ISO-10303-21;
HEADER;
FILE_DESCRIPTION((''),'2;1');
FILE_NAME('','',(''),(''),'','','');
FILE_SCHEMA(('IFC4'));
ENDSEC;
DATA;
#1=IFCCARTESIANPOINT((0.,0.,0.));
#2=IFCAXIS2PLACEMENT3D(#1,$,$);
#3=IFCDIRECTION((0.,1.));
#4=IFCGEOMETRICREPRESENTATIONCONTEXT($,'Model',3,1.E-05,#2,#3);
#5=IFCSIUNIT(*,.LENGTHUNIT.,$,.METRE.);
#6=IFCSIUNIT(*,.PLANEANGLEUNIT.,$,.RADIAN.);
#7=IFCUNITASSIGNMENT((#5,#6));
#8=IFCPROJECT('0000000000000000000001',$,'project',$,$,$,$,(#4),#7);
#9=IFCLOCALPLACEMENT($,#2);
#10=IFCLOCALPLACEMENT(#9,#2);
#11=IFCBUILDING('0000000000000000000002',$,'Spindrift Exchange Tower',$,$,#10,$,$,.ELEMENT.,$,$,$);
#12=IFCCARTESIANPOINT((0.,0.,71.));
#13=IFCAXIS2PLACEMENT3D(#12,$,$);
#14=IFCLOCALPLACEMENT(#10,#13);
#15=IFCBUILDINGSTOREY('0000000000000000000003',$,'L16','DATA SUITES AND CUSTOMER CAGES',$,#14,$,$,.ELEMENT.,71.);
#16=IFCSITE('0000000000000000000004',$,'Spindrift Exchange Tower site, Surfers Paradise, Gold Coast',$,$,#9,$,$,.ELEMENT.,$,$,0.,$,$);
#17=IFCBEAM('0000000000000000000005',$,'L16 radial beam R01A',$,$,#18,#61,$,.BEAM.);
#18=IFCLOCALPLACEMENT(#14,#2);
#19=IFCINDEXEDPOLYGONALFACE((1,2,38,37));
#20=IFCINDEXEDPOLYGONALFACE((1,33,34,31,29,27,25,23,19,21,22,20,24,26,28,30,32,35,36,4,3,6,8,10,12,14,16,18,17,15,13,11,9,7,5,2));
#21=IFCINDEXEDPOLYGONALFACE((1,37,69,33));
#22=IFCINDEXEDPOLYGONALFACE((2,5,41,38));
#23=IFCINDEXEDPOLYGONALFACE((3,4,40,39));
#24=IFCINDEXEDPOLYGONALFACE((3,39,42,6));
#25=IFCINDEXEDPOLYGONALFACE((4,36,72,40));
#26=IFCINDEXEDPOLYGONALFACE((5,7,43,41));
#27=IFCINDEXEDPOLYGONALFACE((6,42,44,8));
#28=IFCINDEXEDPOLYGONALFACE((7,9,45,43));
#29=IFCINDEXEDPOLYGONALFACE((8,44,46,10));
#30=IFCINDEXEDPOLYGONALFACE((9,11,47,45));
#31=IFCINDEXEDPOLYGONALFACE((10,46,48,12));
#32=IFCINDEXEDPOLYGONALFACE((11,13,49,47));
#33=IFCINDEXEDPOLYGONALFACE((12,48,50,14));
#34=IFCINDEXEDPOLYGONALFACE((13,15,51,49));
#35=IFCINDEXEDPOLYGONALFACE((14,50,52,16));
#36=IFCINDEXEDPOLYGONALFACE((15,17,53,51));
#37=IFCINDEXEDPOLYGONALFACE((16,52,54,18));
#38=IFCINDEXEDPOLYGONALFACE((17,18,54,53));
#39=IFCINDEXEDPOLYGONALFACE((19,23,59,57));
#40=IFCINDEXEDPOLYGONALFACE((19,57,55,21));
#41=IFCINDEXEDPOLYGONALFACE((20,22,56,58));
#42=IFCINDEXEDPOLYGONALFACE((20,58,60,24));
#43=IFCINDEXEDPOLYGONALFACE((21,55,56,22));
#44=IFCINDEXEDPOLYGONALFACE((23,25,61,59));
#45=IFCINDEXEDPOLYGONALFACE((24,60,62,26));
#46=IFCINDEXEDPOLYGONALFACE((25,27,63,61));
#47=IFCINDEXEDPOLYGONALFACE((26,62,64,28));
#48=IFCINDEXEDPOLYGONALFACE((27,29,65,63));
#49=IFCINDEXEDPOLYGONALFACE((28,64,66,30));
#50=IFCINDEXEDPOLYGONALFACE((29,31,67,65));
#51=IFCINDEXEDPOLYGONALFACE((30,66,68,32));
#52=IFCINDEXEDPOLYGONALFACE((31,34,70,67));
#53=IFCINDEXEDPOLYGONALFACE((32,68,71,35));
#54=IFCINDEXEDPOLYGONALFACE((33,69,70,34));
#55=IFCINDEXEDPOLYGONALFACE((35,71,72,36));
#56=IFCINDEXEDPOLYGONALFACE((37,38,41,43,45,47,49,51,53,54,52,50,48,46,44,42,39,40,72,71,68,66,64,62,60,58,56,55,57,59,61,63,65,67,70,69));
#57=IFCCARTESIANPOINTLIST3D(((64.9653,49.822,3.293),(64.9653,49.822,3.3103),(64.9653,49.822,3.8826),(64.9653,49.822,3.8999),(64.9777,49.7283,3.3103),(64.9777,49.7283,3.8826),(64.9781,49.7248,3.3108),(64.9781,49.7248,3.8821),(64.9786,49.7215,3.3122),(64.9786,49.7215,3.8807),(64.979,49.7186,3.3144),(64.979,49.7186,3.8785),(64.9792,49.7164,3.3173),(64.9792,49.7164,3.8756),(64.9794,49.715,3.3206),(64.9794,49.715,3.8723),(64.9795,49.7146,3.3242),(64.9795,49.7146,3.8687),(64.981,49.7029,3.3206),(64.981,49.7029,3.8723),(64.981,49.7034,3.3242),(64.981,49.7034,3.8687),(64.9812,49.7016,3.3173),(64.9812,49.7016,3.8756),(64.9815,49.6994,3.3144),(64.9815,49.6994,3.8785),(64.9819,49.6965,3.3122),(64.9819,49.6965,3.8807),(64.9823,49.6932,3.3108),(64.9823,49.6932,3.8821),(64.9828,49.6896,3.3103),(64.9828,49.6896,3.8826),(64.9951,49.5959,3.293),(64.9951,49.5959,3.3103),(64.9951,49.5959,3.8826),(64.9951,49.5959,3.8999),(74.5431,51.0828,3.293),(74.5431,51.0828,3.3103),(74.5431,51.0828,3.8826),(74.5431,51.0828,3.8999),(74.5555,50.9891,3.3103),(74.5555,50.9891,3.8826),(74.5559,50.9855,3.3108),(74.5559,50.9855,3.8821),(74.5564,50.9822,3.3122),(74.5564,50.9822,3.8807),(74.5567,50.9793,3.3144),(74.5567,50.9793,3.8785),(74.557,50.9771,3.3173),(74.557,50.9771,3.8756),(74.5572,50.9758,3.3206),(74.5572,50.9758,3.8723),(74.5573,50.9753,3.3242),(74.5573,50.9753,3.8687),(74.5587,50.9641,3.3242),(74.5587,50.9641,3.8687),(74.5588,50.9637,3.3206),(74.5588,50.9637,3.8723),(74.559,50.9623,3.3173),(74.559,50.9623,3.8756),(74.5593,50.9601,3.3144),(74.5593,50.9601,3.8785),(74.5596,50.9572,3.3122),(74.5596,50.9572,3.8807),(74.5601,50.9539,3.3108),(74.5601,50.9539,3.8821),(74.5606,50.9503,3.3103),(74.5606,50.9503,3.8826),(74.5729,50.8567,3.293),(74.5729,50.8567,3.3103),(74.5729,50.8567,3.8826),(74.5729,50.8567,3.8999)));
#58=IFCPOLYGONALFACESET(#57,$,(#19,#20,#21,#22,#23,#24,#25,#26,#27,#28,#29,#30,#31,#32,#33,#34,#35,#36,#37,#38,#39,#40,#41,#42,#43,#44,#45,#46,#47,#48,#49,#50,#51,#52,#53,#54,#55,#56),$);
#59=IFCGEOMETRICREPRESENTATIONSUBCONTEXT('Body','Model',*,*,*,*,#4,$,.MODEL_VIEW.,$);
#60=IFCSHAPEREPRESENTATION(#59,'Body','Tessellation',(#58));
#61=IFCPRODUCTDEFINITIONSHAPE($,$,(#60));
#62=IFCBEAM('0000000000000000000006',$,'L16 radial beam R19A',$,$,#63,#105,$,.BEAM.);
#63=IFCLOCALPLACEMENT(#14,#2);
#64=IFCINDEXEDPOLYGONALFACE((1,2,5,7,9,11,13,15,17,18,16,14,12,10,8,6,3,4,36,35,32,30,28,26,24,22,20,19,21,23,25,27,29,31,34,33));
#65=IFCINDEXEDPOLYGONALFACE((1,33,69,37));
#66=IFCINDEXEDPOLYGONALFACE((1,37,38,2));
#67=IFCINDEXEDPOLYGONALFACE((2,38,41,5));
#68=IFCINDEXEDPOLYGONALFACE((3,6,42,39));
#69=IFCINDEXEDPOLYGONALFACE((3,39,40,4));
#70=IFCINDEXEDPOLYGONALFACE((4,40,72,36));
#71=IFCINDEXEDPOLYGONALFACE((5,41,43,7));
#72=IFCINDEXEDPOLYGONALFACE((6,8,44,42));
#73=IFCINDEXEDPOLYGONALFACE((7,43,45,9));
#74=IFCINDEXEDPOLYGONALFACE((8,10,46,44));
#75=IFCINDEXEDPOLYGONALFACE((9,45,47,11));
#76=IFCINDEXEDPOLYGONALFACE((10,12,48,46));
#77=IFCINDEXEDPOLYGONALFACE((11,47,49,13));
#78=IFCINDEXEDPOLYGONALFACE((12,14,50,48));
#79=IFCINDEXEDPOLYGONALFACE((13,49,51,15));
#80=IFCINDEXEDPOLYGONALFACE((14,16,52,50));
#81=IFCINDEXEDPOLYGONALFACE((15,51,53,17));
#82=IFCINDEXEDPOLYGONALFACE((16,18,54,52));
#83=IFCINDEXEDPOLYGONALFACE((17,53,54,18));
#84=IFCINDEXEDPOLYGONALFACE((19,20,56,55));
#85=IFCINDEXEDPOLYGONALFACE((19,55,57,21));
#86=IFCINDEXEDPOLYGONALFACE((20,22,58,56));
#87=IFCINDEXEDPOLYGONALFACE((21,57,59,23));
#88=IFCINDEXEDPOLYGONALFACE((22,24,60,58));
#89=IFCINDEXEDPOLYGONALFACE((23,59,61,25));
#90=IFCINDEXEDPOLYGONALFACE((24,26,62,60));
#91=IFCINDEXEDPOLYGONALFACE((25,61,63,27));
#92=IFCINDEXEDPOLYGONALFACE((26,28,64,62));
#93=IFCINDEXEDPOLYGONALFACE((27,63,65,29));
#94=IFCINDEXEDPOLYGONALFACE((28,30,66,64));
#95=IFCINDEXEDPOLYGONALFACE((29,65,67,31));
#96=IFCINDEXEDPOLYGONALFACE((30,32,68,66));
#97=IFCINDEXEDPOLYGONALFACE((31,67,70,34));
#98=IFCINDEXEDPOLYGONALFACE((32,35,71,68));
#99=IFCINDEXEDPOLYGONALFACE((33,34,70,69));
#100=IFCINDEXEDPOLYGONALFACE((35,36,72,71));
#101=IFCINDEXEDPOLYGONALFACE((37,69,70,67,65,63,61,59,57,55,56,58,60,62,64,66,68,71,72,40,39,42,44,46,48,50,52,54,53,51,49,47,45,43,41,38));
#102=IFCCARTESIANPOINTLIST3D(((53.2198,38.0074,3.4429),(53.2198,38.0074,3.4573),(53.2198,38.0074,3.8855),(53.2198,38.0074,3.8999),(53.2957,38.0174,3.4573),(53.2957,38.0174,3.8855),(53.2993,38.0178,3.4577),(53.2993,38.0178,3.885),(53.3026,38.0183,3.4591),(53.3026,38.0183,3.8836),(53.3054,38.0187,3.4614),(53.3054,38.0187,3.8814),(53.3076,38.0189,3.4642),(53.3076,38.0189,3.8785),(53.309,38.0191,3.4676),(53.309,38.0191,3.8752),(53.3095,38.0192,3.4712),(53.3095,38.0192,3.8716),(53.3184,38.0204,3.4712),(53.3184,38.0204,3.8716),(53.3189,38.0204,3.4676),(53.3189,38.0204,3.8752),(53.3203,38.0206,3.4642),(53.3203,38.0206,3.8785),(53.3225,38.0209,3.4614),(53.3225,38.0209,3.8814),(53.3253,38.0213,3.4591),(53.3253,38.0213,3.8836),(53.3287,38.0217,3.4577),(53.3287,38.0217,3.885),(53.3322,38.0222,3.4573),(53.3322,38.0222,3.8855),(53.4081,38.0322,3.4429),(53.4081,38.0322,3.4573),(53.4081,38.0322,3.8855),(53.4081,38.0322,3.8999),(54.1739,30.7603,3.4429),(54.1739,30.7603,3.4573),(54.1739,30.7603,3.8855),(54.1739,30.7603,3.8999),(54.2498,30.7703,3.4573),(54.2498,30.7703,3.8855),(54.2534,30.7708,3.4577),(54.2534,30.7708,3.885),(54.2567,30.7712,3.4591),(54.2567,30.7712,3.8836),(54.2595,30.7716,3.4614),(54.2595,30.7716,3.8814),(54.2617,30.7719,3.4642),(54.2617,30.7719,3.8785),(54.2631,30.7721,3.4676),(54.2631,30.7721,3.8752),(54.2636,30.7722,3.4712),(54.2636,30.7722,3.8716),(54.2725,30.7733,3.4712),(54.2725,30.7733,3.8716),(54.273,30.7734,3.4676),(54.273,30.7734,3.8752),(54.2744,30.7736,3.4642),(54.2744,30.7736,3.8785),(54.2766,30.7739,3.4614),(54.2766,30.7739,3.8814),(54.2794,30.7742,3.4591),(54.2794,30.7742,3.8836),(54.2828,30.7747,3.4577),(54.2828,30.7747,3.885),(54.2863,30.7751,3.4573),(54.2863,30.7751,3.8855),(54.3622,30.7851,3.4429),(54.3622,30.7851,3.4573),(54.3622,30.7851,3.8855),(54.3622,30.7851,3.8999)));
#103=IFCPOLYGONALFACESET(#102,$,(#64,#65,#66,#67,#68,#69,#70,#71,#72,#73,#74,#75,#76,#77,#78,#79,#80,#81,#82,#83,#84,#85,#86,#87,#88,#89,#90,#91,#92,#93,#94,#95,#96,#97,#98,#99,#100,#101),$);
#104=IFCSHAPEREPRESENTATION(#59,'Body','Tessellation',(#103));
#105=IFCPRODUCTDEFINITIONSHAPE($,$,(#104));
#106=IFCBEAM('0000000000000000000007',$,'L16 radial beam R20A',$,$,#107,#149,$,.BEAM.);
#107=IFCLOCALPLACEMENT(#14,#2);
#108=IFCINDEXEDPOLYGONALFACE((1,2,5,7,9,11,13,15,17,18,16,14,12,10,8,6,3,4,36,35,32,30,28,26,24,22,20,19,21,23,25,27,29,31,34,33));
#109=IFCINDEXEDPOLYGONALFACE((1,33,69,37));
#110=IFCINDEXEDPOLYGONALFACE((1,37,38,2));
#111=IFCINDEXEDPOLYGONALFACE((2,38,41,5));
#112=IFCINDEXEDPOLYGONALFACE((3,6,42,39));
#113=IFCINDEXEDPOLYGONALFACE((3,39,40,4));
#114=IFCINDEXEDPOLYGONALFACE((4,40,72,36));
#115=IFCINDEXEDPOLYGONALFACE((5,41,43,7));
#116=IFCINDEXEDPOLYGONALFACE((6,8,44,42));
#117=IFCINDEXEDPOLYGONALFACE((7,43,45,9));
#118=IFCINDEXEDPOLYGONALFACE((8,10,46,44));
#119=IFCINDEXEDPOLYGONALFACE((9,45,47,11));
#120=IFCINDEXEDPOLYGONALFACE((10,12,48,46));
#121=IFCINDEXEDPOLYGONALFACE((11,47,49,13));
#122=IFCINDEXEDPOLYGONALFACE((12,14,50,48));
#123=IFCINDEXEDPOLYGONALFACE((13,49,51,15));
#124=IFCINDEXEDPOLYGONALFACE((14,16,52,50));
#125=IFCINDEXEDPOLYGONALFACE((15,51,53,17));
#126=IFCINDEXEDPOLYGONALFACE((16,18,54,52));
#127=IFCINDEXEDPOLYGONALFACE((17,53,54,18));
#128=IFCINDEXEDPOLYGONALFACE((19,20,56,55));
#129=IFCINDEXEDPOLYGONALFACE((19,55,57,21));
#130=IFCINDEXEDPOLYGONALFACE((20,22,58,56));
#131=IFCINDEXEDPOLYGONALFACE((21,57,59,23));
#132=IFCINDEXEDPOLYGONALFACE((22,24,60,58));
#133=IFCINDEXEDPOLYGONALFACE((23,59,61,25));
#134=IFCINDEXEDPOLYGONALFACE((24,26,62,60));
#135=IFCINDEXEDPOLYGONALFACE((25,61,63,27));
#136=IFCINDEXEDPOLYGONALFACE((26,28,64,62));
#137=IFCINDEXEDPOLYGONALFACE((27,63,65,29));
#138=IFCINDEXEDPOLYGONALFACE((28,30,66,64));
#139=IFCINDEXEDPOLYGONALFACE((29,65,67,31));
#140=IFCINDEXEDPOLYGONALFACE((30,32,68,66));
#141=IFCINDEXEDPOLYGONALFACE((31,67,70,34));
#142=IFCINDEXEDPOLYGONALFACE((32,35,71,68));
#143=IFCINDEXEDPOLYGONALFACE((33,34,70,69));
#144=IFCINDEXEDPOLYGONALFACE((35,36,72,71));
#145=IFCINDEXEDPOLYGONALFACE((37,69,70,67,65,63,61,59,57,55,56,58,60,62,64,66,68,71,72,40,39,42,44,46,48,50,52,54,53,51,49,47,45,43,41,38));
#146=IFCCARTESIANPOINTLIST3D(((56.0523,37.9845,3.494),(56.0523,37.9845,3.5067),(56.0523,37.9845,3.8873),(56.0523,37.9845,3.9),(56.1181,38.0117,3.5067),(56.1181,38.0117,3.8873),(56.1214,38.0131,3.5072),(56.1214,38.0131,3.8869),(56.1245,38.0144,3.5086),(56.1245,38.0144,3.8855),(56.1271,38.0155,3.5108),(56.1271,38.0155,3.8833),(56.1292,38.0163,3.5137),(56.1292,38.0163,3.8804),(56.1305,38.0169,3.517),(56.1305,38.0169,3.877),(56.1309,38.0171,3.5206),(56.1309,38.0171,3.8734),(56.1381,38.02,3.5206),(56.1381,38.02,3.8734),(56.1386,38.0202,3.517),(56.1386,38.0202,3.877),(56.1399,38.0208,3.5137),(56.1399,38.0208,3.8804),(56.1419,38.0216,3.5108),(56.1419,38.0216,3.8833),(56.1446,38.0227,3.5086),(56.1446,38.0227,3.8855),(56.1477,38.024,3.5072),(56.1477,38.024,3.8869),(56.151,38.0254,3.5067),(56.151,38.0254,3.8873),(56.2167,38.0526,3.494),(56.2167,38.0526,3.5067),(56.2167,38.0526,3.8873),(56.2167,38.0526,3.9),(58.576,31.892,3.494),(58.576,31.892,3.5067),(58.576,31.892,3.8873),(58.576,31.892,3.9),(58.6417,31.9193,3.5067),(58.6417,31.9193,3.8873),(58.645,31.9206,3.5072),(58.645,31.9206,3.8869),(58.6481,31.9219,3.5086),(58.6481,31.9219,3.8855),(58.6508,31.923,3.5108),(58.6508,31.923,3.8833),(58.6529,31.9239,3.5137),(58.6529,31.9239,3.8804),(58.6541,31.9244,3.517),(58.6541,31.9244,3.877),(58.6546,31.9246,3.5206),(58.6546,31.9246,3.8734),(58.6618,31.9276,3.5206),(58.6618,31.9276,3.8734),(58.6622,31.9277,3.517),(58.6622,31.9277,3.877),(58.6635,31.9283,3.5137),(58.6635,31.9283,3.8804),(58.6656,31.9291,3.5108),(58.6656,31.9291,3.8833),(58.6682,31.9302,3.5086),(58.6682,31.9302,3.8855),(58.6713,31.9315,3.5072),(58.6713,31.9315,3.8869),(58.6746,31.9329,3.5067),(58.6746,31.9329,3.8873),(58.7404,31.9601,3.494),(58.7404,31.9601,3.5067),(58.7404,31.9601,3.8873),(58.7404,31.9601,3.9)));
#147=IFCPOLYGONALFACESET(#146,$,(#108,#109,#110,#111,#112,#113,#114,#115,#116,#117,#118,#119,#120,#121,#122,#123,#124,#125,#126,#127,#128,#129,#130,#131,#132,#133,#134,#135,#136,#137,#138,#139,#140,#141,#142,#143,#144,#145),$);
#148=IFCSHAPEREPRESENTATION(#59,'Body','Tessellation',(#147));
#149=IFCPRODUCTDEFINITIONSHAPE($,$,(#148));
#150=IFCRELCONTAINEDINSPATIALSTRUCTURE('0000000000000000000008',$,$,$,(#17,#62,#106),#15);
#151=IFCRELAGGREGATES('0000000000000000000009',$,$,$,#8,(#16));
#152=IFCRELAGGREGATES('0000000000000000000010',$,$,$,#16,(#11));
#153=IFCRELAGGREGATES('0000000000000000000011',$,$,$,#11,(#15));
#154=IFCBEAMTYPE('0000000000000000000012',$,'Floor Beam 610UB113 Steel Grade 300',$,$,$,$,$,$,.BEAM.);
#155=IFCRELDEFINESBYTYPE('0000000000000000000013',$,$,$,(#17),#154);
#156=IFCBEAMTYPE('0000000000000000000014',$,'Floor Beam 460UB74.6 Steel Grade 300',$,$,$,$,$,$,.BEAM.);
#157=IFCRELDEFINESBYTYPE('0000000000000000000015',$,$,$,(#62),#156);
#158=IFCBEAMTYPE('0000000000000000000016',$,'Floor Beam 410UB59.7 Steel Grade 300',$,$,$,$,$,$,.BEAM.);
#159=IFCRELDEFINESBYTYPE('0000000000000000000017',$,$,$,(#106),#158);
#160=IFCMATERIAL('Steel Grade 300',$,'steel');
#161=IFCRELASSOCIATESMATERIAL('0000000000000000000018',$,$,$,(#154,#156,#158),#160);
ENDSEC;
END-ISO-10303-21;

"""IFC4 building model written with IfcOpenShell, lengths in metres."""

from ifc_helpers import new_model, si_unit, direction, frame, origin, origin_2d, place, context, subcontext, project, spatial, i_section, extrude, source, transform, mapped, material, material_profile, profile_set, type_object, element, save


model = new_model("IFC4")

# Units and contexts
model_context = context("Model", 3, precision=1e-05, world=origin(), true_north=direction((0.0, 1.0)))
body_context = subcontext(model_context, "Body", "Model", "MODEL_VIEW")
ifc_project = project(units=[si_unit("LENGTHUNIT", "METRE"), si_unit("PLANEANGLEUNIT", "RADIAN")], contexts=[model_context])

# Site, building, storey
site_placement = place(None, origin())
site = spatial("IfcSite", under=ifc_project, at=site_placement, Name="Spindrift Exchange Tower site, Surfers Paradise, Gold Coast", CompositionType="ELEMENT", RefElevation=0.0)
building_placement = place(site_placement, origin())
building = spatial("IfcBuilding", under=site, at=building_placement, Name="Spindrift Exchange Tower", CompositionType="ELEMENT")
storey_placement = place(building_placement, frame((0.0, 0.0, 71.0)))
storey = spatial("IfcBuildingStorey", under=building, at=storey_placement, Name="L16", Description="DATA SUITES AND CUSTOMER CAGES", CompositionType="ELEMENT", Elevation=71.0)

# Beams
ifc_material_1 = material(Name="Steel Grade 300", Category="steel")
ifc_material_profile_1 = material_profile(ifc_material_1, i_section(OverallWidth=0.228, OverallDepth=0.6069, WebThickness=0.0112, FlangeThickness=0.0173, FilletRadius=0.0139, at=origin_2d()), Name="610UB113")
ifc_profile_set_1 = profile_set([ifc_material_profile_1], Name="Steel Grade 300")
beam_type_1 = type_object("IfcBeamType", Name="Floor Beam 610UB113 Steel Grade 300", PredefinedType="BEAM", material=ifc_profile_set_1)
shared_shape_1 = source(origin(), body_context, "Body", "SweptSolid", [
    extrude(i_section(OverallWidth=0.228, OverallDepth=0.6069, WebThickness=0.0112, FlangeThickness=0.0173, FilletRadius=0.0139, at=origin_2d()), origin(), (0.0, 0.0, 1.0), 9.6604),
])
beam_1_placement = place(storey_placement, frame((64.9802, 49.709, 3.5964), z_axis=(0.991448, 0.130505, 0.0), x_axis=(-0.130505, 0.991448, 0.0)))
element("IfcBeam", 1, at=beam_1_placement, inside=storey, type_object=beam_type_1, Name="L16 radial beam R01A", PredefinedType="BEAM", context=body_context, shape_type="MappedRepresentation", body=[
    mapped(shared_shape_1, transform((0.0, 0.0, 0.0), scale=1.0)),
])
ifc_material_profile_2 = material_profile(ifc_material_1, i_section(OverallWidth=0.1899, OverallDepth=0.457, WebThickness=0.009, FlangeThickness=0.0144, FilletRadius=0.0139, at=origin_2d()), Name="460UB74.6")
ifc_profile_set_2 = profile_set([ifc_material_profile_2], Name="Steel Grade 300")
beam_type_2 = type_object("IfcBeamType", Name="Floor Beam 460UB74.6 Steel Grade 300", PredefinedType="BEAM", material=ifc_profile_set_2)
shared_shape_2 = source(origin(), body_context, "Body", "SweptSolid", [
    extrude(i_section(OverallWidth=0.1899, OverallDepth=0.457, WebThickness=0.009, FlangeThickness=0.0144, FilletRadius=0.0139, at=origin_2d()), origin(), (0.0, 0.0, 1.0), 7.3096),
])
beam_2_placement = place(storey_placement, frame((53.314, 38.0198, 3.6714), z_axis=(0.130527, -0.991445, 0.0), x_axis=(0.991445, 0.130527, 0.0)))
element("IfcBeam", 2, at=beam_2_placement, inside=storey, type_object=beam_type_2, Name="L16 radial beam R19A", PredefinedType="BEAM", context=body_context, shape_type="MappedRepresentation", body=[
    mapped(shared_shape_2, transform((0.0, 0.0, 0.0), scale=1.0)),
])
ifc_material_profile_3 = material_profile(ifc_material_1, i_section(OverallWidth=0.178, OverallDepth=0.406, WebThickness=0.0078, FlangeThickness=0.0127, FilletRadius=0.0139, at=origin_2d()), Name="410UB59.7")
ifc_profile_set_3 = profile_set([ifc_material_profile_3], Name="Steel Grade 300")
beam_type_3 = type_object("IfcBeamType", Name="Floor Beam 410UB59.7 Steel Grade 300", PredefinedType="BEAM", material=ifc_profile_set_3)
shared_shape_3 = source(origin(), body_context, "Body", "SweptSolid", [
    extrude(i_section(OverallWidth=0.178, OverallDepth=0.406, WebThickness=0.0078, FlangeThickness=0.0127, FilletRadius=0.0139, at=origin_2d()), origin(), (0.0, 0.0, 1.0), 6.5945),
])
beam_3_placement = place(storey_placement, frame((56.1345, 38.0186, 3.697), z_axis=(0.382693, -0.923876, 0.0), x_axis=(0.923876, 0.382693, 0.0)))
element("IfcBeam", 3, at=beam_3_placement, inside=storey, type_object=beam_type_3, Name="L16 radial beam R20A", PredefinedType="BEAM", context=body_context, shape_type="MappedRepresentation", body=[
    mapped(shared_shape_3, transform((0.0, 0.0, 0.0), scale=1.0)),
])

save(model, "model.ifc")
